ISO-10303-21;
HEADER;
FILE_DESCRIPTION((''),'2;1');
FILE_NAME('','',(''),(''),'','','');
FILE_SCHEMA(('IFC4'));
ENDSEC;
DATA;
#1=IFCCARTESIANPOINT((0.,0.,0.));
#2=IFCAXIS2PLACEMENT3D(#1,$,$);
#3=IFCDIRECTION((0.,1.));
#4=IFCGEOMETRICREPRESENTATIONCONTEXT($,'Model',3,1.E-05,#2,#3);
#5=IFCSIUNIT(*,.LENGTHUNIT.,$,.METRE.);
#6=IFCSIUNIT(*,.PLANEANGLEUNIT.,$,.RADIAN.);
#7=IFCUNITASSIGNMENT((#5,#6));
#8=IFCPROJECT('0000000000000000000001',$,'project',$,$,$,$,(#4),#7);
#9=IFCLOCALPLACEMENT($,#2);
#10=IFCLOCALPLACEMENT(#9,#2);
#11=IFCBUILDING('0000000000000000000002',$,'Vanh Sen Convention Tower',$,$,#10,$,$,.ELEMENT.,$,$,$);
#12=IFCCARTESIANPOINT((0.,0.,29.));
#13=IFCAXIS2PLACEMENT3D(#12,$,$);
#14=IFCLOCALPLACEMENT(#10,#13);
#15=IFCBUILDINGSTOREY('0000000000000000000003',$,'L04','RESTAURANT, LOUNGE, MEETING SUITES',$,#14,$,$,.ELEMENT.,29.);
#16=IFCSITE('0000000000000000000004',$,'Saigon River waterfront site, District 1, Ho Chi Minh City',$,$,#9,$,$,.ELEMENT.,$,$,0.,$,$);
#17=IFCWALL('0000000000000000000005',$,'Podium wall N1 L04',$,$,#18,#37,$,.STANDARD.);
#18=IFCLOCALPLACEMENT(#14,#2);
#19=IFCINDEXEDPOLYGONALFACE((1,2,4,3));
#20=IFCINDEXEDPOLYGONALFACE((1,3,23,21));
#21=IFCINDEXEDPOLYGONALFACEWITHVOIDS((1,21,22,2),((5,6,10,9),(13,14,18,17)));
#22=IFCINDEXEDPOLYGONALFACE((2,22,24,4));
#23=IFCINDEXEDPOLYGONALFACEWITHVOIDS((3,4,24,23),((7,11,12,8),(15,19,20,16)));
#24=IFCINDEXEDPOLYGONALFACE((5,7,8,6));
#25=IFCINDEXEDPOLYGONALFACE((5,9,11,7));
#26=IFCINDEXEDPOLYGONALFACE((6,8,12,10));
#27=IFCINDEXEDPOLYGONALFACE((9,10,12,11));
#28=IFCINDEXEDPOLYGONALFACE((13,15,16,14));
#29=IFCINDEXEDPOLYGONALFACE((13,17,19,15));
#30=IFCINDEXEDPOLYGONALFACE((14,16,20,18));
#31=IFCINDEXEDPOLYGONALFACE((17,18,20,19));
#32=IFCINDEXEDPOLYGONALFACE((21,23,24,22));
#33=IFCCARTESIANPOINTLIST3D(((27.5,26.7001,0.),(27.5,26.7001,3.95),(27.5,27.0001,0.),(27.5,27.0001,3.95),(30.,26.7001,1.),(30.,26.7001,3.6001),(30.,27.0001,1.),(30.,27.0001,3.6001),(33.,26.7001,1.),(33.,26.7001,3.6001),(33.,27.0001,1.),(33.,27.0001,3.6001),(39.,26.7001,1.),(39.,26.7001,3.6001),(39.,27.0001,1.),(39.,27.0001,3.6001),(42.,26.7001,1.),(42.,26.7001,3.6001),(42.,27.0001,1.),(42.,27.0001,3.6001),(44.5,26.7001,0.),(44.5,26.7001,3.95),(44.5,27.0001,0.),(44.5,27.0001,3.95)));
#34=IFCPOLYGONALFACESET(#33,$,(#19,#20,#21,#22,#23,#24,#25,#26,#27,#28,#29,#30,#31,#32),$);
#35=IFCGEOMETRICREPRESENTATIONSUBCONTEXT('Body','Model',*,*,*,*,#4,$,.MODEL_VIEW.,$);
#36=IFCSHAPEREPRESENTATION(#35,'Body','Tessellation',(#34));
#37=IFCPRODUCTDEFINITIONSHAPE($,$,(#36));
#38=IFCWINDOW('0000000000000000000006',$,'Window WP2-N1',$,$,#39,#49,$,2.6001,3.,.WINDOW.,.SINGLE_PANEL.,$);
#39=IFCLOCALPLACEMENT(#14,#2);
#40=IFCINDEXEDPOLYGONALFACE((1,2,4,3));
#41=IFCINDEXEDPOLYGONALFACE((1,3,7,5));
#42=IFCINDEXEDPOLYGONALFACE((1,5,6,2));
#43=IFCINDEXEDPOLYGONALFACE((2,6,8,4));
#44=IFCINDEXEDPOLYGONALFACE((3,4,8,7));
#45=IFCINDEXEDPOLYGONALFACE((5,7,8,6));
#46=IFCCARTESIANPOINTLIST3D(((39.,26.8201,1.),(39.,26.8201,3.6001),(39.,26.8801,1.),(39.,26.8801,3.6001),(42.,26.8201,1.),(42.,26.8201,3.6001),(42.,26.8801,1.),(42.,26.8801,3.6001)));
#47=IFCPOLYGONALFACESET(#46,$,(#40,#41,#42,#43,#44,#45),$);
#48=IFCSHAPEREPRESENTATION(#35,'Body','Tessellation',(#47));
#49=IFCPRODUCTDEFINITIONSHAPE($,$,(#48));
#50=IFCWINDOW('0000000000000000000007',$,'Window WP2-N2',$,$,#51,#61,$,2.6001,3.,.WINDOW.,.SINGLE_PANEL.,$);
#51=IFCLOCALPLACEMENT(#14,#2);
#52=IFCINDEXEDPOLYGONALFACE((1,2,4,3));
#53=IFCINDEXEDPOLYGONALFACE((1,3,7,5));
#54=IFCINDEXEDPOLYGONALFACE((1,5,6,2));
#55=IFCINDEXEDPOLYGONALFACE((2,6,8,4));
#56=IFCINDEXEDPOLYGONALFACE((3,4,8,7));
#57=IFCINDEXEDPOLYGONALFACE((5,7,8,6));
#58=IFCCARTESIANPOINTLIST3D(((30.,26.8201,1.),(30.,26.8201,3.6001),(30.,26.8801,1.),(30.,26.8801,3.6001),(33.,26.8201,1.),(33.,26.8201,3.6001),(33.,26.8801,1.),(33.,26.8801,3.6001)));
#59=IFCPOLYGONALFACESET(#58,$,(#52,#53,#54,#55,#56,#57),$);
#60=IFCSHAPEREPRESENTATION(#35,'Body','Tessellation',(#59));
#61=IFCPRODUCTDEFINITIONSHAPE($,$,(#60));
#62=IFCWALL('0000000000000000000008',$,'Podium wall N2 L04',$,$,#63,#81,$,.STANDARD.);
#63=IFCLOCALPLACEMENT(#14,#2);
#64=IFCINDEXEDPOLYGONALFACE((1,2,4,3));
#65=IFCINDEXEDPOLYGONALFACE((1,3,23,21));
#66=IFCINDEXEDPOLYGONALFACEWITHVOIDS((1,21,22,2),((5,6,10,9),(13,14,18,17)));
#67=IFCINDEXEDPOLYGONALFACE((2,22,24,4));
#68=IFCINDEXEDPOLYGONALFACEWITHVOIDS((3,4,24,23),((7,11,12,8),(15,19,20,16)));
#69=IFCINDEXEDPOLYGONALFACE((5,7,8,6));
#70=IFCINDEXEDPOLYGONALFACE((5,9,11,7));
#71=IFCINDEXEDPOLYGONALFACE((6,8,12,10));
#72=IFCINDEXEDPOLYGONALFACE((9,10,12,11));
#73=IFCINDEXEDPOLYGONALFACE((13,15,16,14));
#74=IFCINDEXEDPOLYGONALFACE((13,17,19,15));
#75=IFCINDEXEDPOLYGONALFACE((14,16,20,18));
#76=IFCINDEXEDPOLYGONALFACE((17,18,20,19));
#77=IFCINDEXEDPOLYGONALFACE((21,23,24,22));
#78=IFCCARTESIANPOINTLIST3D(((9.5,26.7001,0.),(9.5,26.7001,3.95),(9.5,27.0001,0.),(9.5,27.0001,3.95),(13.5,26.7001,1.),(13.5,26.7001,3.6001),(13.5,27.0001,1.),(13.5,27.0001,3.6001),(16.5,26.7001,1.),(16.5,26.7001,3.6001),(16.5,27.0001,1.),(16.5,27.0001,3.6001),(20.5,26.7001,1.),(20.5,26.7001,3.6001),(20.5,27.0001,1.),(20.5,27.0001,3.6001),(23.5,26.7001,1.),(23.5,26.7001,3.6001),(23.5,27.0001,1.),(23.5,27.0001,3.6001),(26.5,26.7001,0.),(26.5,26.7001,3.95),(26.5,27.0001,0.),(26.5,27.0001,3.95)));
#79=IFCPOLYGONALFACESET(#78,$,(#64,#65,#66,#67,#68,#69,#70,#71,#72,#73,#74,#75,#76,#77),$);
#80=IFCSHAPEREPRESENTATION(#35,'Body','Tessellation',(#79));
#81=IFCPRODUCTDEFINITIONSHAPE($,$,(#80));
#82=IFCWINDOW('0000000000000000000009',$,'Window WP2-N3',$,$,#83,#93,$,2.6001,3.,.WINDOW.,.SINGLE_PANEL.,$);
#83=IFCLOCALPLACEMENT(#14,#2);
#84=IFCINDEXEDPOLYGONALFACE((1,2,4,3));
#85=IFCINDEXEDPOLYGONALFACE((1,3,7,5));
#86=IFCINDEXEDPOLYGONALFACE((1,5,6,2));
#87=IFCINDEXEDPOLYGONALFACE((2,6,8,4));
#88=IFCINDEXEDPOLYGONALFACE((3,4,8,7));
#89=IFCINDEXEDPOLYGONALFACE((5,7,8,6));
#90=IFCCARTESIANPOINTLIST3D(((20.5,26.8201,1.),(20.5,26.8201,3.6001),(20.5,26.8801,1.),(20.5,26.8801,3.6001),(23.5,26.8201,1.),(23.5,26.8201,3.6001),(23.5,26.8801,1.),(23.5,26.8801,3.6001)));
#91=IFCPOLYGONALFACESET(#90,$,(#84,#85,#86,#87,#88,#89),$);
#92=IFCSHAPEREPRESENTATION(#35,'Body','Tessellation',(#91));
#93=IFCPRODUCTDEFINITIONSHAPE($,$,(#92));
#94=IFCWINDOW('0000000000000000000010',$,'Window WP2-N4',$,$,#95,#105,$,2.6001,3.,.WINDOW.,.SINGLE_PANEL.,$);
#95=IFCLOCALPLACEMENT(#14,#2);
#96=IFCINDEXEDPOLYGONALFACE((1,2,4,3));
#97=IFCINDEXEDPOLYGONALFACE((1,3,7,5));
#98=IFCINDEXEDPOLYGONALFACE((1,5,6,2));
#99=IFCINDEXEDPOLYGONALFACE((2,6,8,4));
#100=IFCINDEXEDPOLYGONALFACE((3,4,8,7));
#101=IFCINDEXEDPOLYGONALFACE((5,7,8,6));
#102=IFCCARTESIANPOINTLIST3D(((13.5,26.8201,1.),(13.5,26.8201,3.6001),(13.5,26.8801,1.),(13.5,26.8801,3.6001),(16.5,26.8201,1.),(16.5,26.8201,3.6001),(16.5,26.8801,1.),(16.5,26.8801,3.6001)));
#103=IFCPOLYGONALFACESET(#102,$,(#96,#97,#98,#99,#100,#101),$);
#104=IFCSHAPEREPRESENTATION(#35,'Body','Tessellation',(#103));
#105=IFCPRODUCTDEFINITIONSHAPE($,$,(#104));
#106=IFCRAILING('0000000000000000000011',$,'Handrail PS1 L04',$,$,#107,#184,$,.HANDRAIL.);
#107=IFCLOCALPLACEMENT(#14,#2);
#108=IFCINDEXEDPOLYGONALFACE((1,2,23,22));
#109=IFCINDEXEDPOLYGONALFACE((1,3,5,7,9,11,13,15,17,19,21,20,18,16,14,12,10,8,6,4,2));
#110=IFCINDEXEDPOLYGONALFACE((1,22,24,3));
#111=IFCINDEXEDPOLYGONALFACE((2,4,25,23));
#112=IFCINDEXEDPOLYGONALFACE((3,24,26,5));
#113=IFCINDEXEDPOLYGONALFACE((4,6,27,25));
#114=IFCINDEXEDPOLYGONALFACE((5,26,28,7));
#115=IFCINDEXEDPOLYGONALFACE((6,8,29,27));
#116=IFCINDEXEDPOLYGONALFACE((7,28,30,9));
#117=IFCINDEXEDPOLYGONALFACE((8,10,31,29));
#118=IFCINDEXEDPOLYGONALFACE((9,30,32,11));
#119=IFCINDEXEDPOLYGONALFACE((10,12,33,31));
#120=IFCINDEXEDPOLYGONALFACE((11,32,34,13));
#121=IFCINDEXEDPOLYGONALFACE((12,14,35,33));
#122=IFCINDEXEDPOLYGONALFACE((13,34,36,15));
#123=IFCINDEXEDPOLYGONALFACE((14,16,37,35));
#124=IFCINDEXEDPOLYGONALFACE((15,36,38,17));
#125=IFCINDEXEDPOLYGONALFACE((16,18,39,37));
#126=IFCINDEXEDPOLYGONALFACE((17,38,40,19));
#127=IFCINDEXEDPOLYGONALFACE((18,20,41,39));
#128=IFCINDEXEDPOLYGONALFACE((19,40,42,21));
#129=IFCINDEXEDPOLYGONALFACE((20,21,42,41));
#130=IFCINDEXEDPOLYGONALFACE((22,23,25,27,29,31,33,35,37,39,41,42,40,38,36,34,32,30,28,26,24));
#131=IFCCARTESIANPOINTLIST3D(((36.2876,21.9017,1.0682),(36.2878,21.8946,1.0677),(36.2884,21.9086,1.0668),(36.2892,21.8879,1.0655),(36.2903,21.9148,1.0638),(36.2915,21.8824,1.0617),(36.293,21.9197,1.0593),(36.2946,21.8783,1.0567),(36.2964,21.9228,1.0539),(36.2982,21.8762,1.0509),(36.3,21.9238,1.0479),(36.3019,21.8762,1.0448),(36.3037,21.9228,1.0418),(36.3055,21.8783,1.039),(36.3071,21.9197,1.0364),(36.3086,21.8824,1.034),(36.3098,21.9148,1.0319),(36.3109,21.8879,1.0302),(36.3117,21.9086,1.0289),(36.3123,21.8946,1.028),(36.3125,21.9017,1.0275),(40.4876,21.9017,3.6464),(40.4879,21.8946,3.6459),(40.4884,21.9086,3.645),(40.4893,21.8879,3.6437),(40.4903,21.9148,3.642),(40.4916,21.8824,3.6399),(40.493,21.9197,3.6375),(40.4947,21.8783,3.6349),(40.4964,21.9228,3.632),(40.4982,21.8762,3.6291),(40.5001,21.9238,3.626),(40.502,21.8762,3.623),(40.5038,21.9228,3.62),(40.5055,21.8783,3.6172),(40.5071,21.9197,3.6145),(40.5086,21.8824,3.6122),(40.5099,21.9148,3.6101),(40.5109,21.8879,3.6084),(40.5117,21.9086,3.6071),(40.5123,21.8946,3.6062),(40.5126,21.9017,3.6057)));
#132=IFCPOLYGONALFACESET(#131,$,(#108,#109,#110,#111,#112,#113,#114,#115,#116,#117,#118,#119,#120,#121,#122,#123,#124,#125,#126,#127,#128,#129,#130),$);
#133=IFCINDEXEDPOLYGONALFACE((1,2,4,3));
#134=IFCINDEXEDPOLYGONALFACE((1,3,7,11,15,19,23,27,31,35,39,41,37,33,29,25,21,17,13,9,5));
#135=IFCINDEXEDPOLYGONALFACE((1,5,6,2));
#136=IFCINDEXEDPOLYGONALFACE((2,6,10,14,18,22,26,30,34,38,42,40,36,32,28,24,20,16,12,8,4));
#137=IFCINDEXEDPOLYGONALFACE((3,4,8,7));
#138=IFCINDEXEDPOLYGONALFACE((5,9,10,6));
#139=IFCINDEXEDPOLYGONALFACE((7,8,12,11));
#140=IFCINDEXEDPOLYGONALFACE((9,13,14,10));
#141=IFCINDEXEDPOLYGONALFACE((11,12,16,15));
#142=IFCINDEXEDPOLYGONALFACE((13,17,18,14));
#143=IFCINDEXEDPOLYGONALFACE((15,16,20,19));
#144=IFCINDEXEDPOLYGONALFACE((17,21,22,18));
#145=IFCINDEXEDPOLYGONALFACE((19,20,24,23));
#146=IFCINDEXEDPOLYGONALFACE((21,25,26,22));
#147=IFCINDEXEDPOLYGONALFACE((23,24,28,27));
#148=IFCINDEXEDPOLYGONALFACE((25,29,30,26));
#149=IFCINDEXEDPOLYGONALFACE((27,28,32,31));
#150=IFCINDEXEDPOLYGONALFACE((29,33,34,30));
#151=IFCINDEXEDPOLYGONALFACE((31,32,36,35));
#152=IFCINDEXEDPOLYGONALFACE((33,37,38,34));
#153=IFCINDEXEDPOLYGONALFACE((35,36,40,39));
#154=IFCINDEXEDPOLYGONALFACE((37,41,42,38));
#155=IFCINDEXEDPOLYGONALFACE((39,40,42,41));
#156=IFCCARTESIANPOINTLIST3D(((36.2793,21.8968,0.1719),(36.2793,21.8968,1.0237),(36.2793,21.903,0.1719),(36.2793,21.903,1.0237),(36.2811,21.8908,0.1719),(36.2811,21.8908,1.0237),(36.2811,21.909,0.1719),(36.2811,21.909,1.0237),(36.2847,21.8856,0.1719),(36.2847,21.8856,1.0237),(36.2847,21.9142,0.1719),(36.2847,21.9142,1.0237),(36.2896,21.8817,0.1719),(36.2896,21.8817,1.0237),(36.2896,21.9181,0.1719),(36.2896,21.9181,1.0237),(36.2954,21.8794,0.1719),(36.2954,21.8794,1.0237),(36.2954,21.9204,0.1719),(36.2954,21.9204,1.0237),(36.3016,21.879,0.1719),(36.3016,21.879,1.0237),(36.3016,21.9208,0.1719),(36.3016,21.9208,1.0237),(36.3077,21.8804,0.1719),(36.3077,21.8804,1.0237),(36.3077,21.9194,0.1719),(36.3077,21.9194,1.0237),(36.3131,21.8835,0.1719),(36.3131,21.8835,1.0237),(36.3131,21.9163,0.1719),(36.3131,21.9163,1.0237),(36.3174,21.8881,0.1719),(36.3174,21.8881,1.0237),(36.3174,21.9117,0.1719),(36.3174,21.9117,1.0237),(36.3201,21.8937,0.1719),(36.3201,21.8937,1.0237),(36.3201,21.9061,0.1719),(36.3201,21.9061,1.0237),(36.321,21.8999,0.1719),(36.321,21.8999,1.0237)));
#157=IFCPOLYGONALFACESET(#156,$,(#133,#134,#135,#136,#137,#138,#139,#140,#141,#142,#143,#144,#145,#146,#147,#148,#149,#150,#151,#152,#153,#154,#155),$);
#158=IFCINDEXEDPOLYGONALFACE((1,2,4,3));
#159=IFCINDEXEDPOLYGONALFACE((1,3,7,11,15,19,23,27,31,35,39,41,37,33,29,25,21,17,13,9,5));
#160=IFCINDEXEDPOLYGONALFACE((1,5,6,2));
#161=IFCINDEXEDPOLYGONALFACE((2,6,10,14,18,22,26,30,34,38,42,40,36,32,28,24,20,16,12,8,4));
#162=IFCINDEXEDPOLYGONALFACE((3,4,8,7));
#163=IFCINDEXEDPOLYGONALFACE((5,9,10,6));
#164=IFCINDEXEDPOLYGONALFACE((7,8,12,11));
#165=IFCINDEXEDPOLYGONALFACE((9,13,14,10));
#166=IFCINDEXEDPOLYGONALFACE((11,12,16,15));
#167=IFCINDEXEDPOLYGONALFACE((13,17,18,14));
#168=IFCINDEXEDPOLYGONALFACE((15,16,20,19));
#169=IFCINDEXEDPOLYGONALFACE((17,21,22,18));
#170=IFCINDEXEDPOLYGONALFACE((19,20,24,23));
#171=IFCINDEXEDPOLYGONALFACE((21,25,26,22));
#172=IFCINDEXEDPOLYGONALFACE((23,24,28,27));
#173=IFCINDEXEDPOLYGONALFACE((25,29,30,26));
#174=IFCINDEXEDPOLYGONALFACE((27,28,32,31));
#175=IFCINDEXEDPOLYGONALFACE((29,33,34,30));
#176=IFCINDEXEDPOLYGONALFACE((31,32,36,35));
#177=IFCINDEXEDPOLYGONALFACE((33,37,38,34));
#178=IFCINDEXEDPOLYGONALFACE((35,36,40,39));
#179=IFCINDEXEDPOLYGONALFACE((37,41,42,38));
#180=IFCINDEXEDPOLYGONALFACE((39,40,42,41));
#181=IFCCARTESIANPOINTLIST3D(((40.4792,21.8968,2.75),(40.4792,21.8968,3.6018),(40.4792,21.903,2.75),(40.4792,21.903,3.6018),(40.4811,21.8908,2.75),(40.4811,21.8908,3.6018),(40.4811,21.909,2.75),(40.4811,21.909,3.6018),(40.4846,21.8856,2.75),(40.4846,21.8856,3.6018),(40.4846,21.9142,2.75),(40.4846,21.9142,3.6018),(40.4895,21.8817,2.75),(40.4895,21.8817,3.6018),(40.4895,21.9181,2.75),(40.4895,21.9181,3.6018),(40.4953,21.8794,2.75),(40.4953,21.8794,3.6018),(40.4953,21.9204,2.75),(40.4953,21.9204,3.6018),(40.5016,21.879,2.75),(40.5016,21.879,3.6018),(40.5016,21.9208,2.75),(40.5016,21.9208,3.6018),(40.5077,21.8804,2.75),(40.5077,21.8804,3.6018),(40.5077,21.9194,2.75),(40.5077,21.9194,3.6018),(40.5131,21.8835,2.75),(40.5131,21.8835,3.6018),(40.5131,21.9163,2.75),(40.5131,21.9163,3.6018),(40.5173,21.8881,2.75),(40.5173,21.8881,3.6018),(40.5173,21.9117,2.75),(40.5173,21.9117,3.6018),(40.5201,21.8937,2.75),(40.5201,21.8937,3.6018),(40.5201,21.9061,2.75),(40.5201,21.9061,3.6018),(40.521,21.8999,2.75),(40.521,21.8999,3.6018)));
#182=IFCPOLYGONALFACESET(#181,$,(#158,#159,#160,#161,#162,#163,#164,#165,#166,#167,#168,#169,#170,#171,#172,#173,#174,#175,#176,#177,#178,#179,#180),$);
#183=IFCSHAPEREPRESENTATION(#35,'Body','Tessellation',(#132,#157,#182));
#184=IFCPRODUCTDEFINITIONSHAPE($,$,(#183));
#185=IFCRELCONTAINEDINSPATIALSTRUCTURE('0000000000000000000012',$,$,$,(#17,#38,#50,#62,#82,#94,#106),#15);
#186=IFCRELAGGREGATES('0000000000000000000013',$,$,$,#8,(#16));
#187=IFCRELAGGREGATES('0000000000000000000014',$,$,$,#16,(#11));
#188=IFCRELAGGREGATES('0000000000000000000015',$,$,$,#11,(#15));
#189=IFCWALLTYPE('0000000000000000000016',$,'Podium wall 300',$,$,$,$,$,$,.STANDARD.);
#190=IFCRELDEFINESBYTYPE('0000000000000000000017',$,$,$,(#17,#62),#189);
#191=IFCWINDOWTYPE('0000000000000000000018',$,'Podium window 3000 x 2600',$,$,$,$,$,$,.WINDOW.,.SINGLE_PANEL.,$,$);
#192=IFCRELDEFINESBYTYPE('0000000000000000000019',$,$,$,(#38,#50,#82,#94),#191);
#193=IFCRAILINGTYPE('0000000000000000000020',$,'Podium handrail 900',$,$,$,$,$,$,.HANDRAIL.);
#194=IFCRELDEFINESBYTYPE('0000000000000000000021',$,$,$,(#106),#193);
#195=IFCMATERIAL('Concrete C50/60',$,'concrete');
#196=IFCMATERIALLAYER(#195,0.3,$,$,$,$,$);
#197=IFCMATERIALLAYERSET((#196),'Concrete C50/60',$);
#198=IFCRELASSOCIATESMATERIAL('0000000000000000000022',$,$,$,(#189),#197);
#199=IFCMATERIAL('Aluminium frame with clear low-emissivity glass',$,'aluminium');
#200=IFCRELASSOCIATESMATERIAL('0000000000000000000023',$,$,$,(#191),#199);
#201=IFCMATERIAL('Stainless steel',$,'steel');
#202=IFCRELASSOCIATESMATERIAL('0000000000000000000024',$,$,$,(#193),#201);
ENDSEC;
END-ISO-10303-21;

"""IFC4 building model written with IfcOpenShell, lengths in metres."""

from ifc_helpers import new_model, si_unit, direction, frame, frame_2d, origin, origin_2d, place, context, subcontext, project, spatial, rectangle, circle, extrude, material, layer, layer_set, type_object, element, fill, save


model = new_model("IFC4")

# Units and contexts
model_context = context("Model", 3, precision=1e-05, world=origin(), true_north=direction((0.0, 1.0)))
body_context = subcontext(model_context, "Body", "Model", "MODEL_VIEW")
ifc_project = project(units=[si_unit("LENGTHUNIT", "METRE"), si_unit("PLANEANGLEUNIT", "RADIAN")], contexts=[model_context])

# Site, building, storey
site_placement = place(None, origin())
site = spatial("IfcSite", under=ifc_project, at=site_placement, Name="Saigon River waterfront site, District 1, Ho Chi Minh City", CompositionType="ELEMENT", RefElevation=0.0)
building_placement = place(site_placement, origin())
building = spatial("IfcBuilding", under=site, at=building_placement, Name="Vanh Sen Convention Tower", CompositionType="ELEMENT")
storey_placement = place(building_placement, frame((0.0, 0.0, 29.0)))
storey = spatial("IfcBuildingStorey", under=building, at=storey_placement, Name="L04", Description="RESTAURANT, LOUNGE, MEETING SUITES", CompositionType="ELEMENT", Elevation=29.0)

# Walls, openings, windows
ifc_material_1 = material(Name="Concrete C50/60", Category="concrete")
ifc_layer_1 = layer(ifc_material_1, 0.3)
ifc_layer_set_1 = layer_set([ifc_layer_1], Name="Concrete C50/60")
wall_type_1 = type_object("IfcWallType", Name="Podium wall 300", PredefinedType="STANDARD", material=ifc_layer_set_1)
wall_1_placement = place(storey_placement, frame((44.5, 26.8501, 0.0), z_axis=(0.0, 0.0, 1.0), x_axis=(-1.0, 0.0, 0.0)))
wall_1 = element("IfcWall", 1, at=wall_1_placement, inside=storey, type_object=wall_type_1, Name="Podium wall N1 L04", PredefinedType="STANDARD", context=body_context, shape_type="SweptSolid", body=[
    extrude(rectangle(XDim=17.0, YDim=0.3, at=frame_2d((8.5, 0.0))), origin(), (0.0, 0.0, 1.0), 3.95),
])
opening_1_placement = place(wall_1_placement, frame((2.5, 0.0, 1.0)))
opening_1 = element("IfcOpeningElement", 2, at=opening_1_placement, cuts=wall_1, PredefinedType="OPENING", context=body_context, shape_type="SweptSolid", body=[
    extrude(rectangle(XDim=3.0, YDim=2.6001, at=frame_2d((1.5, 1.3))), frame((0.0, 0.1599, 0.0), z_axis=(0.0, -1.0, 0.0), x_axis=(1.0, 0.0, 0.0)), (0.0, 0.0, 1.0), 0.3201),
])
opening_2_placement = place(wall_1_placement, frame((11.5, 0.0, 1.0)))
opening_2 = element("IfcOpeningElement", 3, at=opening_2_placement, cuts=wall_1, PredefinedType="OPENING", context=body_context, shape_type="SweptSolid", body=[
    extrude(rectangle(XDim=3.0, YDim=2.6001, at=frame_2d((1.5, 1.3))), frame((0.0, 0.1599, 0.0), z_axis=(0.0, -1.0, 0.0), x_axis=(1.0, 0.0, 0.0)), (0.0, 0.0, 1.0), 0.3201),
])
ifc_material_2 = material(Name="Aluminium frame with clear low-emissivity glass", Category="aluminium")
window_type = type_object("IfcWindowType", Name="Podium window 3000 x 2600", PartitioningType="SINGLE_PANEL", PredefinedType="WINDOW", material=ifc_material_2)
window_1_placement = place(opening_1_placement, origin())
window_1 = element("IfcWindow", 4, at=window_1_placement, inside=storey, type_object=window_type, Name="Window WP2-N1", OverallHeight=2.6001, OverallWidth=3.0, PartitioningType="SINGLE_PANEL", PredefinedType="WINDOW", context=body_context, shape_type="SweptSolid", body=[
    extrude(rectangle(XDim=3.0, YDim=2.6001, at=frame_2d((1.5, 1.3))), frame((0.0, 0.03, 0.0), z_axis=(0.0, -1.0, 0.0), x_axis=(1.0, 0.0, 0.0)), (0.0, 0.0, 1.0), 0.0601),
])
fill(opening_1, window_1)
window_2_placement = place(opening_2_placement, origin())
window_2 = element("IfcWindow", 5, at=window_2_placement, inside=storey, type_object=window_type, Name="Window WP2-N2", OverallHeight=2.6001, OverallWidth=3.0, PartitioningType="SINGLE_PANEL", PredefinedType="WINDOW", context=body_context, shape_type="SweptSolid", body=[
    extrude(rectangle(XDim=3.0, YDim=2.6001, at=frame_2d((1.5, 1.3))), frame((0.0, 0.03, 0.0), z_axis=(0.0, -1.0, 0.0), x_axis=(1.0, 0.0, 0.0)), (0.0, 0.0, 1.0), 0.0601),
])
fill(opening_2, window_2)
wall_2_placement = place(storey_placement, frame((26.5, 26.8501, 0.0), z_axis=(0.0, 0.0, 1.0), x_axis=(-1.0, 0.0, 0.0)))
wall_2 = element("IfcWall", 6, at=wall_2_placement, inside=storey, type_object=wall_type_1, Name="Podium wall N2 L04", PredefinedType="STANDARD", context=body_context, shape_type="SweptSolid", body=[
    extrude(rectangle(XDim=17.0, YDim=0.3, at=frame_2d((8.5, 0.0))), origin(), (0.0, 0.0, 1.0), 3.95),
])
opening_3_placement = place(wall_2_placement, frame((3.0, 0.0, 1.0)))
opening_3 = element("IfcOpeningElement", 7, at=opening_3_placement, cuts=wall_2, PredefinedType="OPENING", context=body_context, shape_type="SweptSolid", body=[
    extrude(rectangle(XDim=3.0, YDim=2.6001, at=frame_2d((1.5, 1.3))), frame((0.0, 0.1599, 0.0), z_axis=(0.0, -1.0, 0.0), x_axis=(1.0, 0.0, 0.0)), (0.0, 0.0, 1.0), 0.3201),
])
opening_4_placement = place(wall_2_placement, frame((10.0, 0.0, 1.0)))
opening_4 = element("IfcOpeningElement", 8, at=opening_4_placement, cuts=wall_2, PredefinedType="OPENING", context=body_context, shape_type="SweptSolid", body=[
    extrude(rectangle(XDim=3.0, YDim=2.6001, at=frame_2d((1.5, 1.3))), frame((0.0, 0.1599, 0.0), z_axis=(0.0, -1.0, 0.0), x_axis=(1.0, 0.0, 0.0)), (0.0, 0.0, 1.0), 0.3201),
])
window_3_placement = place(opening_3_placement, origin())
window_3 = element("IfcWindow", 9, at=window_3_placement, inside=storey, type_object=window_type, Name="Window WP2-N3", OverallHeight=2.6001, OverallWidth=3.0, PartitioningType="SINGLE_PANEL", PredefinedType="WINDOW", context=body_context, shape_type="SweptSolid", body=[
    extrude(rectangle(XDim=3.0, YDim=2.6001, at=frame_2d((1.5, 1.3))), frame((0.0, 0.03, 0.0), z_axis=(0.0, -1.0, 0.0), x_axis=(1.0, 0.0, 0.0)), (0.0, 0.0, 1.0), 0.0601),
])
fill(opening_3, window_3)
window_4_placement = place(opening_4_placement, origin())
window_4 = element("IfcWindow", 10, at=window_4_placement, inside=storey, type_object=window_type, Name="Window WP2-N4", OverallHeight=2.6001, OverallWidth=3.0, PartitioningType="SINGLE_PANEL", PredefinedType="WINDOW", context=body_context, shape_type="SweptSolid", body=[
    extrude(rectangle(XDim=3.0, YDim=2.6001, at=frame_2d((1.5, 1.3))), frame((0.0, 0.03, 0.0), z_axis=(0.0, -1.0, 0.0), x_axis=(1.0, 0.0, 0.0)), (0.0, 0.0, 1.0), 0.0601),
])
fill(opening_4, window_4)

# Railing
ifc_material_3 = material(Name="Stainless steel", Category="steel")
railing_type = type_object("IfcRailingType", Name="Podium handrail 900", PredefinedType="HANDRAIL", material=ifc_material_3)
for number, where, name in (
    (11, (36.3, 21.8999, 0.1719), "Handrail PS1 L04"),
):
    element("IfcRailing", number, at=place(storey_placement, frame(where)), inside=storey, type_object=railing_type, Name=name, PredefinedType="HANDRAIL", context=body_context, shape_type="SweptSolid", body=[
        extrude(circle(Radius=0.0239, at=origin_2d()), frame((0.0, 0.0, 0.876), z_axis=(0.852243, 0.0, 0.523146), x_axis=(0.0, 1.0, 0.0)), (0.0, 0.0, 1.0), 4.9282),
        extrude(circle(Radius=0.021, at=origin_2d()), origin(), (0.0, 0.0, 1.0), 0.8518),
        extrude(circle(Radius=0.021, at=origin_2d()), frame((4.2, 0.0, 2.5781)), (0.0, 0.0, 1.0), 0.8518),
    ])

save(model, "model.ifc")
